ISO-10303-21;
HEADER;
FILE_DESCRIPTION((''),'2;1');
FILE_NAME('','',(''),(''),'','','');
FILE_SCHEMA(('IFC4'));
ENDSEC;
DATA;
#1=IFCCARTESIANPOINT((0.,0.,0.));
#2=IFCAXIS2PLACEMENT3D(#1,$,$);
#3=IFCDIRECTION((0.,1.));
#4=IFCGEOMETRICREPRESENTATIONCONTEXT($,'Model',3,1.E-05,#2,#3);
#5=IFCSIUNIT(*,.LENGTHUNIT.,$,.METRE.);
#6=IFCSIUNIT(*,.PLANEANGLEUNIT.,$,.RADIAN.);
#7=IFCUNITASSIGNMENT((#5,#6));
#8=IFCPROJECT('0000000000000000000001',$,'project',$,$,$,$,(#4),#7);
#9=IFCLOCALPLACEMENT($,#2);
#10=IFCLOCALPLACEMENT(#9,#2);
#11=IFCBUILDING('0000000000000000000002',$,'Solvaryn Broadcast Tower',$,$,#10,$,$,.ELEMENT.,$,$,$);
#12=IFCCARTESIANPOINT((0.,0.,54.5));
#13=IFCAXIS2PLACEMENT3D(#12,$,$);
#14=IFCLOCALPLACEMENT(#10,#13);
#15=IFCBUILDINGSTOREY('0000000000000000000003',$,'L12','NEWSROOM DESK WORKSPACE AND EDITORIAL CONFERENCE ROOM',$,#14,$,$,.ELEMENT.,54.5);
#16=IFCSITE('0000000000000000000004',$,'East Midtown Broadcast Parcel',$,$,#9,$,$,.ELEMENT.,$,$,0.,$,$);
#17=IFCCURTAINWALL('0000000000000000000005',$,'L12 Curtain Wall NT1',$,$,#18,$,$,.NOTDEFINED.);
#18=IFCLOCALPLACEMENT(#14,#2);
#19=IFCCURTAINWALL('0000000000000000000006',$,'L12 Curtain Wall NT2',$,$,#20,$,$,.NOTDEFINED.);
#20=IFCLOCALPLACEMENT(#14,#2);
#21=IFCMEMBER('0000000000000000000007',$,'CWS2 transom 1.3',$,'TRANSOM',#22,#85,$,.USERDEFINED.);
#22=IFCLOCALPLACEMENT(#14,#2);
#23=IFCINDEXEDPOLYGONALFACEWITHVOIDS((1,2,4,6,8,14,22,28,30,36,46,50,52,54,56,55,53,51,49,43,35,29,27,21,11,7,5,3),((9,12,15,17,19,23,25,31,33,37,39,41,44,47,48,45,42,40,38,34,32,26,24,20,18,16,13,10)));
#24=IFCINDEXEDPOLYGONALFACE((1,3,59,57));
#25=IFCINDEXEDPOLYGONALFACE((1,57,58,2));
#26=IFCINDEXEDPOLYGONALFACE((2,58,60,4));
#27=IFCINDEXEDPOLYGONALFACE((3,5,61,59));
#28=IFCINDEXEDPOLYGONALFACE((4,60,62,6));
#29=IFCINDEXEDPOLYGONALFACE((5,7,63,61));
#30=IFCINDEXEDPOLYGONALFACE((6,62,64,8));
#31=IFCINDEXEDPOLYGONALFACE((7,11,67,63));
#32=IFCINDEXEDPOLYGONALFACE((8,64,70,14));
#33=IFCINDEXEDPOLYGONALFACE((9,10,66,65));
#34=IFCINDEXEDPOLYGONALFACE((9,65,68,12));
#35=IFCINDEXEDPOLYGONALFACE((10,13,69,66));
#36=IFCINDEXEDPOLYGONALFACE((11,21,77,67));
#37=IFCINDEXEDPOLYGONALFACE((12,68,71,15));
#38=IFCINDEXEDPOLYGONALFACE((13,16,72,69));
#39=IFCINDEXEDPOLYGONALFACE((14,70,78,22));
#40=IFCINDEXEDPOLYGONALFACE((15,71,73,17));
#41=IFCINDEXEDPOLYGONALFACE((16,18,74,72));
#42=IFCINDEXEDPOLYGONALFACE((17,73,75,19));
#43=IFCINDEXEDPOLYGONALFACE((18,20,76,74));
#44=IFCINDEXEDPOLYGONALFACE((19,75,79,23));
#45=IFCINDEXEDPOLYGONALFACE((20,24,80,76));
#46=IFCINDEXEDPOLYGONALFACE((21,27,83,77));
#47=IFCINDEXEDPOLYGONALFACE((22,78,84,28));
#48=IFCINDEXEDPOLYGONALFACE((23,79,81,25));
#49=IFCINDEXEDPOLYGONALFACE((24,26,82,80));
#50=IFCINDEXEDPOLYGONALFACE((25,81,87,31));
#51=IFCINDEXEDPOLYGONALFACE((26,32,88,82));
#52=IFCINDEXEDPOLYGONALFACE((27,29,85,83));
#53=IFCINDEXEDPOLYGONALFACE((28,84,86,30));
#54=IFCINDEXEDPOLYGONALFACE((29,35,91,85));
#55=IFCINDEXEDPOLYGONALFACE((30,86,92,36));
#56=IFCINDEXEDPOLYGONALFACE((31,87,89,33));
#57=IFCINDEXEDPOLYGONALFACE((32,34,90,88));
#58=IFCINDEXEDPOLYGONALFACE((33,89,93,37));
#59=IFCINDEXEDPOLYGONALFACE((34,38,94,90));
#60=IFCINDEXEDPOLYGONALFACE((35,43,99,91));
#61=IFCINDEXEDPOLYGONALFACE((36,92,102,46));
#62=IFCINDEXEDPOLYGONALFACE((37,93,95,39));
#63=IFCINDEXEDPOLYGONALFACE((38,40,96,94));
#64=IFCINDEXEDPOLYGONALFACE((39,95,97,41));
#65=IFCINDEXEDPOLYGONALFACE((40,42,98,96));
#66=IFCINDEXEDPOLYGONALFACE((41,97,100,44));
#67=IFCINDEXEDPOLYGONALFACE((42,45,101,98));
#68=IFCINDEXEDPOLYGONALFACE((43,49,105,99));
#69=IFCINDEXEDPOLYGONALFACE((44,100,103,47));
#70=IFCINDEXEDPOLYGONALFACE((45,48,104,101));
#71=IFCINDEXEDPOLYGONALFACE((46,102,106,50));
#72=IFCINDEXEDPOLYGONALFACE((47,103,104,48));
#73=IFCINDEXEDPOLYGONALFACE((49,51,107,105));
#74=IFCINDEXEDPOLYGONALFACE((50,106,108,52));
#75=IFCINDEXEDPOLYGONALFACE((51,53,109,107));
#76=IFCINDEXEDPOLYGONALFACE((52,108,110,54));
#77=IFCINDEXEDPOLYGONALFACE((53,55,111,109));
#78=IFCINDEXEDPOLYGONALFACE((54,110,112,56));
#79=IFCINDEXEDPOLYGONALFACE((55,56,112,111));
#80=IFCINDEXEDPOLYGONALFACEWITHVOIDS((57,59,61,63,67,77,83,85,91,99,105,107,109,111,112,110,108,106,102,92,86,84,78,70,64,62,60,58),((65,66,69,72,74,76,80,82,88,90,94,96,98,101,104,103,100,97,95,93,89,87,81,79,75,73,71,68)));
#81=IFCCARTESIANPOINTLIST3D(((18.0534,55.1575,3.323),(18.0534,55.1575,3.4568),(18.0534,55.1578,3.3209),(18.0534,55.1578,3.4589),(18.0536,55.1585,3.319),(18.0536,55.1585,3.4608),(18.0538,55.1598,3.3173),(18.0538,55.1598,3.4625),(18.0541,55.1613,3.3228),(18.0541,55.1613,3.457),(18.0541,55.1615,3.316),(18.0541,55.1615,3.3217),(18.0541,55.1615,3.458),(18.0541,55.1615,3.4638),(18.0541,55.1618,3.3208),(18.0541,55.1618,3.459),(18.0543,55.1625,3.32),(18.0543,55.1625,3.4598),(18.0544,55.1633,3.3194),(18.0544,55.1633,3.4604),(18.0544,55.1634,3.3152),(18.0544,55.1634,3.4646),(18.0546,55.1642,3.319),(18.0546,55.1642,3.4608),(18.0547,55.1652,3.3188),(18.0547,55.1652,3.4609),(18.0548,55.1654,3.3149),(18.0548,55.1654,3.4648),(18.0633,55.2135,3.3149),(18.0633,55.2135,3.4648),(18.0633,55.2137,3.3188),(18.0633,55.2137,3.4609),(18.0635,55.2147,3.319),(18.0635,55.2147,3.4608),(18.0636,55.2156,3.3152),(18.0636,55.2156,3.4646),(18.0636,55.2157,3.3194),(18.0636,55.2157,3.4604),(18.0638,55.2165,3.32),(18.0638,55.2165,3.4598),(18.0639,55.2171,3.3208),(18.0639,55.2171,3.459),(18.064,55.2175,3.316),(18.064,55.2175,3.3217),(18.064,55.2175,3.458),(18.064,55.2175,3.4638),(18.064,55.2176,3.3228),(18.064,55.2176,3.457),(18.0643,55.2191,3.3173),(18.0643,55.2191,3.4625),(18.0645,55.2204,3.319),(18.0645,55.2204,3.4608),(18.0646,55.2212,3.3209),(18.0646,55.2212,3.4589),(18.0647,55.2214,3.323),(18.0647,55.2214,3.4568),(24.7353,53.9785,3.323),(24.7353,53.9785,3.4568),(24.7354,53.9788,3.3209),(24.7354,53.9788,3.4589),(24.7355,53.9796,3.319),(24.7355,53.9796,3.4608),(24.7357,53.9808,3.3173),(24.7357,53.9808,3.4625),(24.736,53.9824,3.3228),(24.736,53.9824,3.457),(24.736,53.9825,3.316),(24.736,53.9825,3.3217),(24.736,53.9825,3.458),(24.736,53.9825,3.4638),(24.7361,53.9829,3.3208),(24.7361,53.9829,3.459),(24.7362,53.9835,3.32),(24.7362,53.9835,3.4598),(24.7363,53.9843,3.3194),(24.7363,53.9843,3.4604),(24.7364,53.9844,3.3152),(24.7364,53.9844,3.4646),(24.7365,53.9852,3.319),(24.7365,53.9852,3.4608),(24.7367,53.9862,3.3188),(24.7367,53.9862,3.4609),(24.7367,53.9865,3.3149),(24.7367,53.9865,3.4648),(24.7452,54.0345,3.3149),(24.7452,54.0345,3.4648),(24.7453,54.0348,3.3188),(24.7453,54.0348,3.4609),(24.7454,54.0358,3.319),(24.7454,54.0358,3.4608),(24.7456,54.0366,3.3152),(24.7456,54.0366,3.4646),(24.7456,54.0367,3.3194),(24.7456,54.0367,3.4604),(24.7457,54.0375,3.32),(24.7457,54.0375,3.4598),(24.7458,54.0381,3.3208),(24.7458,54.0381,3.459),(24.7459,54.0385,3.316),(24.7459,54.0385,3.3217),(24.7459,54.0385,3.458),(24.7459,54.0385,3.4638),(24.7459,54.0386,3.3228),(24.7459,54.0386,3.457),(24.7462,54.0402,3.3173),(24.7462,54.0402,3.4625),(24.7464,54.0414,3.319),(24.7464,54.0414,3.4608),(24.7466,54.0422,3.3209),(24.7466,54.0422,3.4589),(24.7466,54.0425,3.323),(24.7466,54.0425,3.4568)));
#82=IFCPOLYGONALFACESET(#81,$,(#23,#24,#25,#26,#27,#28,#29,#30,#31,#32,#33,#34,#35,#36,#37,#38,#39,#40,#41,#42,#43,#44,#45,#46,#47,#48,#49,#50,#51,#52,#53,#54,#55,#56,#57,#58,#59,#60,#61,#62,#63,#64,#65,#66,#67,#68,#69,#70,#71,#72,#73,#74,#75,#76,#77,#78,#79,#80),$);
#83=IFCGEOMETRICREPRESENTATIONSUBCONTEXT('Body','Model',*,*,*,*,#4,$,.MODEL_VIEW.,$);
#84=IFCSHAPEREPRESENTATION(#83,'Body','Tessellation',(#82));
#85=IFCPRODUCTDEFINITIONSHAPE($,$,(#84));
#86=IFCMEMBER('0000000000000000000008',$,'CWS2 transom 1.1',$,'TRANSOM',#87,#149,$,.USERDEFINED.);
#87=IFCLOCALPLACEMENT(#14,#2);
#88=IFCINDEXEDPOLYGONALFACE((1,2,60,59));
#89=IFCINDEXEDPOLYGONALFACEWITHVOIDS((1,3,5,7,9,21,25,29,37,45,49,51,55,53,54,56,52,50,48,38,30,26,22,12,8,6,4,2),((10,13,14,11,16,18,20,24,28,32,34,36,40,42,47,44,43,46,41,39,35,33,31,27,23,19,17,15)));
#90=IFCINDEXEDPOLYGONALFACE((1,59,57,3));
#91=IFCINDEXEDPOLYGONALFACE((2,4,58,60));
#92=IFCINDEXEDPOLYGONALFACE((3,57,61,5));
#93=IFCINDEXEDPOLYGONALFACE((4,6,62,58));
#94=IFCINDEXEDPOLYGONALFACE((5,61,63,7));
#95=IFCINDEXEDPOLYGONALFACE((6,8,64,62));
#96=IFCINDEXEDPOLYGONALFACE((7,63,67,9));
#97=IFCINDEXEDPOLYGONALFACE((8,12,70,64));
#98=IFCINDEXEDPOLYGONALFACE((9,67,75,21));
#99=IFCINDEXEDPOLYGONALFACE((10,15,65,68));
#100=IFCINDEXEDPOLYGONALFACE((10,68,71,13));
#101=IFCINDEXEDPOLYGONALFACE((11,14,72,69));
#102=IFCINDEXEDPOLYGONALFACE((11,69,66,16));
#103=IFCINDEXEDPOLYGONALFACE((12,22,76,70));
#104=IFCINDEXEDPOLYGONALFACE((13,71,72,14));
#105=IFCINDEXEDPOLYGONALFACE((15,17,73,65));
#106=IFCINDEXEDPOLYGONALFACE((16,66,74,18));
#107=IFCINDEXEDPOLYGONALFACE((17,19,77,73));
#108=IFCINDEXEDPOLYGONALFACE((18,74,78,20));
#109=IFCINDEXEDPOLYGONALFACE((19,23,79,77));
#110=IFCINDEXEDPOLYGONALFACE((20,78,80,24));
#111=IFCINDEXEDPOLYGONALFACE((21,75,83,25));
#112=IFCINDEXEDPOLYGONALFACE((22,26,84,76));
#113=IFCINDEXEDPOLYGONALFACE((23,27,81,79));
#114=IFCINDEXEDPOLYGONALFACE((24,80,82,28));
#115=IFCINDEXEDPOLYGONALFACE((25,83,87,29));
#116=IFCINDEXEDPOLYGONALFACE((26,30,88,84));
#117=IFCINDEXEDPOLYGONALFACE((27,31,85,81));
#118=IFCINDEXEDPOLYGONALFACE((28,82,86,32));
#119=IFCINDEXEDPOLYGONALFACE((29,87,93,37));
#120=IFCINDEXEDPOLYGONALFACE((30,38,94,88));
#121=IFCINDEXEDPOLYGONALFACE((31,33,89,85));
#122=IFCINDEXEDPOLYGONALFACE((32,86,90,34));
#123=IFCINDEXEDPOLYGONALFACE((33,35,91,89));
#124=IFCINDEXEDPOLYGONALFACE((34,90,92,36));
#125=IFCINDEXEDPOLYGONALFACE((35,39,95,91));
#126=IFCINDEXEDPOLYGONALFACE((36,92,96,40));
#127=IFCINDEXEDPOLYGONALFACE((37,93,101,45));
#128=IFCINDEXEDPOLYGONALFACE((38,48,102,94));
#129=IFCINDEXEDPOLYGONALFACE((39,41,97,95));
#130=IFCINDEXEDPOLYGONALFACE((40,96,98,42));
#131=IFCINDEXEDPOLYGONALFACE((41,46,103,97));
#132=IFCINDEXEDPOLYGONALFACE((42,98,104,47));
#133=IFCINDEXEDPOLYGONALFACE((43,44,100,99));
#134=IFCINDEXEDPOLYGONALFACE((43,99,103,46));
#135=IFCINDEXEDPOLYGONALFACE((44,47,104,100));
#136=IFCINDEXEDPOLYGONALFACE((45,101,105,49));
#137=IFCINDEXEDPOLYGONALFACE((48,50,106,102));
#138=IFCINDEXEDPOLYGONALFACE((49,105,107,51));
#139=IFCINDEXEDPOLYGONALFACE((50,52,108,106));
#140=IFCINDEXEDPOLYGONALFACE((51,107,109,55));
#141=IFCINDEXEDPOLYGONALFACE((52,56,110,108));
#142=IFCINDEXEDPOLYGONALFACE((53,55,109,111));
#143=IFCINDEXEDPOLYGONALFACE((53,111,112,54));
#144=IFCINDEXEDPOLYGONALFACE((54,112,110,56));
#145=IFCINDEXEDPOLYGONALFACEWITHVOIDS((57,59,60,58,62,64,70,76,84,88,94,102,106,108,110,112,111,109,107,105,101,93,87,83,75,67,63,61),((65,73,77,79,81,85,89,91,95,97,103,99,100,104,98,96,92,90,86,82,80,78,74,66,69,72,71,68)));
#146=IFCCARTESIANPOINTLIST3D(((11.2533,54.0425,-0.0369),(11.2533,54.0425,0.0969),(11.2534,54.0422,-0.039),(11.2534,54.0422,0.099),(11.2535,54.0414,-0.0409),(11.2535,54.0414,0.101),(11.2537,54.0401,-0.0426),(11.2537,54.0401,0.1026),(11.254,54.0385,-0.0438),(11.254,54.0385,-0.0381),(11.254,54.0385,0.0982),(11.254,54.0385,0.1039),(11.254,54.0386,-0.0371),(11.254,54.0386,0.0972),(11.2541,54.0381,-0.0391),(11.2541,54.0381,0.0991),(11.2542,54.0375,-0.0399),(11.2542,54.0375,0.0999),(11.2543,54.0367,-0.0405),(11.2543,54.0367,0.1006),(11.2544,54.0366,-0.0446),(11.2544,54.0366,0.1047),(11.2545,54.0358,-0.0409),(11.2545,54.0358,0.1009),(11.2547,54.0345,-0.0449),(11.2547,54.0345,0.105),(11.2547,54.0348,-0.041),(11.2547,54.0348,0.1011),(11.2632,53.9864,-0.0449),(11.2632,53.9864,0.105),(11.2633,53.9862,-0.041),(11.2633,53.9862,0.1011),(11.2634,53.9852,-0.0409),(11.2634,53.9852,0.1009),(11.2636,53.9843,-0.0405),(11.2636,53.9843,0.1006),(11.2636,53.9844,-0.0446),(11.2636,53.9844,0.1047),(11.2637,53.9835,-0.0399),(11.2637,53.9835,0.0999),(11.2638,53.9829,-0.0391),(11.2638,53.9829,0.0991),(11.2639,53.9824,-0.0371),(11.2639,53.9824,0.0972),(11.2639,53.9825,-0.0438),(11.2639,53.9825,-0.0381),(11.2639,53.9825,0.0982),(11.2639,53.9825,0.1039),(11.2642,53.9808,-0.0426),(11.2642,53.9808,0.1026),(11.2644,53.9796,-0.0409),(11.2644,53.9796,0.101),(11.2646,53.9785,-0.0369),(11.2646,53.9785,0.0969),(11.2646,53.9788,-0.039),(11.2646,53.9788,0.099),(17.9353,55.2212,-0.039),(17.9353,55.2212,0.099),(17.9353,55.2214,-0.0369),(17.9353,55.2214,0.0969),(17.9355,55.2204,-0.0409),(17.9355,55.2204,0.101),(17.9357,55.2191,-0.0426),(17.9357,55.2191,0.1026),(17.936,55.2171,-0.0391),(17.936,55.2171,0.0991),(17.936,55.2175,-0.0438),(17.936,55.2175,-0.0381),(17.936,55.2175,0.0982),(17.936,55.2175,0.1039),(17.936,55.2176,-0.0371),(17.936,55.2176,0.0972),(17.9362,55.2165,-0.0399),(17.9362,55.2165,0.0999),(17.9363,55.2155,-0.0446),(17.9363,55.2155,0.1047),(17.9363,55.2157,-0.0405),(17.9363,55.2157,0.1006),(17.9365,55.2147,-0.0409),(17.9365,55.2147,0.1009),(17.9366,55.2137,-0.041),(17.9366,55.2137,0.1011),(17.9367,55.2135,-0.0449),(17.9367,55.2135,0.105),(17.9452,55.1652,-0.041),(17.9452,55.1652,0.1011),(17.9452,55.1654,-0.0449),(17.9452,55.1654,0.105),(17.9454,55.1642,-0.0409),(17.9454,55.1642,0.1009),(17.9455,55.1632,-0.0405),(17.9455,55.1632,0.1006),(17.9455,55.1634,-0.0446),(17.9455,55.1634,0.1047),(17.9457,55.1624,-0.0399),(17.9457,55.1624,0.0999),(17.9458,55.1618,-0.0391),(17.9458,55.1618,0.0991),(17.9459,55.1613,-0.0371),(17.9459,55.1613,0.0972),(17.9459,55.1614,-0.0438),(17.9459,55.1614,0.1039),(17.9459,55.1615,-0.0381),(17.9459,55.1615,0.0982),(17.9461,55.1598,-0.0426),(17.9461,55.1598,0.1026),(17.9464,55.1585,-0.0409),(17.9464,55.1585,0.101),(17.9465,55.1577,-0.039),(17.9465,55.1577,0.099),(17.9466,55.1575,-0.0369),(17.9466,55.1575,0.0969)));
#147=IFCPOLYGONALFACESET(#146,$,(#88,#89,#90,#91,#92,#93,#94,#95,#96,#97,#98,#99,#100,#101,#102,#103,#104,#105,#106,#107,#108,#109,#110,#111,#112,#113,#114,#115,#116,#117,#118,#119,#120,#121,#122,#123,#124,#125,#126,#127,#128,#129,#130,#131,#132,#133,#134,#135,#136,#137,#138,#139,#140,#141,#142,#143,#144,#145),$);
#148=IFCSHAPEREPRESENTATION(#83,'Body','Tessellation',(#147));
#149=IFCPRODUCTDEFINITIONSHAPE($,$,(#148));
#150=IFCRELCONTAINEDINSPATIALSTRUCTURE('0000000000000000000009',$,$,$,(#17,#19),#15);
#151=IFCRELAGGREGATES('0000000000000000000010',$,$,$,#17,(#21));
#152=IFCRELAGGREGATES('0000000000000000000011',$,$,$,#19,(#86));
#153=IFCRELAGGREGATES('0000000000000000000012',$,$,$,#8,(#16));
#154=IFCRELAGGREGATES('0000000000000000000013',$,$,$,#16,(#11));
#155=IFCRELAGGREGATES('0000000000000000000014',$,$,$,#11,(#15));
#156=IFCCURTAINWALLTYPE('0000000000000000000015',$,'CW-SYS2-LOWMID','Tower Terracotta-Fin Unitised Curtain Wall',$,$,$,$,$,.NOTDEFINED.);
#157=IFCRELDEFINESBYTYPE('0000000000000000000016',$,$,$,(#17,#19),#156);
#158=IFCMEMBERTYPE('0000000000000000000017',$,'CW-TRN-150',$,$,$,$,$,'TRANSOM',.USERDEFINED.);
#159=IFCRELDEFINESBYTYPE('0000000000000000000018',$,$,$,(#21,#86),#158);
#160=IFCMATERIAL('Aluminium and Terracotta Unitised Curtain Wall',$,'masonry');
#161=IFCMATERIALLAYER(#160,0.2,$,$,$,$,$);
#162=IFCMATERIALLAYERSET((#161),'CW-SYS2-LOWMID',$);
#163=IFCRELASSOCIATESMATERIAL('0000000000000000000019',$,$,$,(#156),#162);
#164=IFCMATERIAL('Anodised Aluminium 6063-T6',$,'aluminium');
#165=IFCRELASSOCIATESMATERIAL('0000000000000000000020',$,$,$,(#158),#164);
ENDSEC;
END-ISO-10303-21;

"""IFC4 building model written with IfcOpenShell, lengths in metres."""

from ifc_helpers import new_model, si_unit, direction, frame, origin, origin_2d, place, context, subcontext, project, spatial, hollow_rectangle, extrude, material, layer, layer_set, material_profile, profile_set, type_object, element, aggregate, save


model = new_model("IFC4")

# Units and contexts
model_context = context("Model", 3, precision=1e-05, world=origin(), true_north=direction((0.0, 1.0)))
body_context = subcontext(model_context, "Body", "Model", "MODEL_VIEW")
ifc_project = project(units=[si_unit("LENGTHUNIT", "METRE"), si_unit("PLANEANGLEUNIT", "RADIAN")], contexts=[model_context])

# Site, building, storey
site_placement = place(None, origin())
site = spatial("IfcSite", under=ifc_project, at=site_placement, Name="East Midtown Broadcast Parcel", CompositionType="ELEMENT", RefElevation=0.0)
building_placement = place(site_placement, origin())
building = spatial("IfcBuilding", under=site, at=building_placement, Name="Solvaryn Broadcast Tower", CompositionType="ELEMENT")
storey_placement = place(building_placement, frame((0.0, 0.0, 54.5)))
storey = spatial("IfcBuildingStorey", under=building, at=storey_placement, Name="L12", Description="NEWSROOM DESK WORKSPACE AND EDITORIAL CONFERENCE ROOM", CompositionType="ELEMENT", Elevation=54.5)

# Curtain walls
ifc_material_1 = material(Name="Aluminium and Terracotta Unitised Curtain Wall", Category="masonry")
ifc_layer_1 = layer(ifc_material_1, 0.2)
ifc_layer_set_1 = layer_set([ifc_layer_1], Name="CW-SYS2-LOWMID")
curtain_wall_type = type_object("IfcCurtainWallType", Name="CW-SYS2-LOWMID", Description="Tower Terracotta-Fin Unitised Curtain Wall", PredefinedType="NOTDEFINED", material=ifc_layer_set_1)
curtain_wall_1_placement = place(storey_placement, origin())
curtain_wall_1 = element("IfcCurtainWall", 1, at=curtain_wall_1_placement, inside=storey, type_object=curtain_wall_type, Name="L12 Curtain Wall NT1", PredefinedType="NOTDEFINED")
curtain_wall_2_placement = place(storey_placement, origin())
curtain_wall_2 = element("IfcCurtainWall", 2, at=curtain_wall_2_placement, inside=storey, type_object=curtain_wall_type, Name="L12 Curtain Wall NT2", PredefinedType="NOTDEFINED")

# Members
ifc_material_2 = material(Name="Anodised Aluminium 6063-T6", Category="aluminium")
ifc_material_profile_1 = material_profile(ifc_material_2, hollow_rectangle(XDim=0.0649, YDim=0.1499, WallThickness=0.0039, InnerFilletRadius=0.0039, OuterFilletRadius=0.0081, at=origin_2d()))
ifc_profile_set_1 = profile_set([ifc_material_profile_1], Name="Anodised Aluminium 6063-T6")
member_type_1 = type_object("IfcMemberType", Name="CW-TRN-150", ElementType="TRANSOM", PredefinedType="USERDEFINED", material=ifc_profile_set_1)
member_1_placement = place(storey_placement, frame((24.741, 54.0105, 3.3899), z_axis=(-0.984789, 0.173757, 0.0), x_axis=(-0.173757, -0.984789, 0.0)))
member_1 = element("IfcMember", 3, at=member_1_placement, type_object=member_type_1, Name="CWS2 transom 1.3", ObjectType="TRANSOM", PredefinedType="USERDEFINED", context=body_context, shape_type="SweptSolid", body=[
    extrude(hollow_rectangle(XDim=0.0649, YDim=0.1499, WallThickness=0.0039, InnerFilletRadius=0.0039, OuterFilletRadius=0.0081, at=origin_2d()), origin(), (0.0, 0.0, 1.0), 6.7852),
])
member_2_placement = place(storey_placement, frame((17.9409, 55.1895, 0.03), z_axis=(-0.984789, -0.173757, 0.0), x_axis=(0.173757, -0.984789, 0.0)))
member_2 = element("IfcMember", 4, at=member_2_placement, type_object=member_type_1, Name="CWS2 transom 1.1", ObjectType="TRANSOM", PredefinedType="USERDEFINED", context=body_context, shape_type="SweptSolid", body=[
    extrude(hollow_rectangle(XDim=0.0649, YDim=0.1499, WallThickness=0.0039, InnerFilletRadius=0.0039, OuterFilletRadius=0.0081, at=origin_2d()), origin(), (0.0, 0.0, 1.0), 6.7852),
])

aggregate(curtain_wall_1, [member_1])
aggregate(curtain_wall_2, [member_2])

save(model, "model.ifc")
